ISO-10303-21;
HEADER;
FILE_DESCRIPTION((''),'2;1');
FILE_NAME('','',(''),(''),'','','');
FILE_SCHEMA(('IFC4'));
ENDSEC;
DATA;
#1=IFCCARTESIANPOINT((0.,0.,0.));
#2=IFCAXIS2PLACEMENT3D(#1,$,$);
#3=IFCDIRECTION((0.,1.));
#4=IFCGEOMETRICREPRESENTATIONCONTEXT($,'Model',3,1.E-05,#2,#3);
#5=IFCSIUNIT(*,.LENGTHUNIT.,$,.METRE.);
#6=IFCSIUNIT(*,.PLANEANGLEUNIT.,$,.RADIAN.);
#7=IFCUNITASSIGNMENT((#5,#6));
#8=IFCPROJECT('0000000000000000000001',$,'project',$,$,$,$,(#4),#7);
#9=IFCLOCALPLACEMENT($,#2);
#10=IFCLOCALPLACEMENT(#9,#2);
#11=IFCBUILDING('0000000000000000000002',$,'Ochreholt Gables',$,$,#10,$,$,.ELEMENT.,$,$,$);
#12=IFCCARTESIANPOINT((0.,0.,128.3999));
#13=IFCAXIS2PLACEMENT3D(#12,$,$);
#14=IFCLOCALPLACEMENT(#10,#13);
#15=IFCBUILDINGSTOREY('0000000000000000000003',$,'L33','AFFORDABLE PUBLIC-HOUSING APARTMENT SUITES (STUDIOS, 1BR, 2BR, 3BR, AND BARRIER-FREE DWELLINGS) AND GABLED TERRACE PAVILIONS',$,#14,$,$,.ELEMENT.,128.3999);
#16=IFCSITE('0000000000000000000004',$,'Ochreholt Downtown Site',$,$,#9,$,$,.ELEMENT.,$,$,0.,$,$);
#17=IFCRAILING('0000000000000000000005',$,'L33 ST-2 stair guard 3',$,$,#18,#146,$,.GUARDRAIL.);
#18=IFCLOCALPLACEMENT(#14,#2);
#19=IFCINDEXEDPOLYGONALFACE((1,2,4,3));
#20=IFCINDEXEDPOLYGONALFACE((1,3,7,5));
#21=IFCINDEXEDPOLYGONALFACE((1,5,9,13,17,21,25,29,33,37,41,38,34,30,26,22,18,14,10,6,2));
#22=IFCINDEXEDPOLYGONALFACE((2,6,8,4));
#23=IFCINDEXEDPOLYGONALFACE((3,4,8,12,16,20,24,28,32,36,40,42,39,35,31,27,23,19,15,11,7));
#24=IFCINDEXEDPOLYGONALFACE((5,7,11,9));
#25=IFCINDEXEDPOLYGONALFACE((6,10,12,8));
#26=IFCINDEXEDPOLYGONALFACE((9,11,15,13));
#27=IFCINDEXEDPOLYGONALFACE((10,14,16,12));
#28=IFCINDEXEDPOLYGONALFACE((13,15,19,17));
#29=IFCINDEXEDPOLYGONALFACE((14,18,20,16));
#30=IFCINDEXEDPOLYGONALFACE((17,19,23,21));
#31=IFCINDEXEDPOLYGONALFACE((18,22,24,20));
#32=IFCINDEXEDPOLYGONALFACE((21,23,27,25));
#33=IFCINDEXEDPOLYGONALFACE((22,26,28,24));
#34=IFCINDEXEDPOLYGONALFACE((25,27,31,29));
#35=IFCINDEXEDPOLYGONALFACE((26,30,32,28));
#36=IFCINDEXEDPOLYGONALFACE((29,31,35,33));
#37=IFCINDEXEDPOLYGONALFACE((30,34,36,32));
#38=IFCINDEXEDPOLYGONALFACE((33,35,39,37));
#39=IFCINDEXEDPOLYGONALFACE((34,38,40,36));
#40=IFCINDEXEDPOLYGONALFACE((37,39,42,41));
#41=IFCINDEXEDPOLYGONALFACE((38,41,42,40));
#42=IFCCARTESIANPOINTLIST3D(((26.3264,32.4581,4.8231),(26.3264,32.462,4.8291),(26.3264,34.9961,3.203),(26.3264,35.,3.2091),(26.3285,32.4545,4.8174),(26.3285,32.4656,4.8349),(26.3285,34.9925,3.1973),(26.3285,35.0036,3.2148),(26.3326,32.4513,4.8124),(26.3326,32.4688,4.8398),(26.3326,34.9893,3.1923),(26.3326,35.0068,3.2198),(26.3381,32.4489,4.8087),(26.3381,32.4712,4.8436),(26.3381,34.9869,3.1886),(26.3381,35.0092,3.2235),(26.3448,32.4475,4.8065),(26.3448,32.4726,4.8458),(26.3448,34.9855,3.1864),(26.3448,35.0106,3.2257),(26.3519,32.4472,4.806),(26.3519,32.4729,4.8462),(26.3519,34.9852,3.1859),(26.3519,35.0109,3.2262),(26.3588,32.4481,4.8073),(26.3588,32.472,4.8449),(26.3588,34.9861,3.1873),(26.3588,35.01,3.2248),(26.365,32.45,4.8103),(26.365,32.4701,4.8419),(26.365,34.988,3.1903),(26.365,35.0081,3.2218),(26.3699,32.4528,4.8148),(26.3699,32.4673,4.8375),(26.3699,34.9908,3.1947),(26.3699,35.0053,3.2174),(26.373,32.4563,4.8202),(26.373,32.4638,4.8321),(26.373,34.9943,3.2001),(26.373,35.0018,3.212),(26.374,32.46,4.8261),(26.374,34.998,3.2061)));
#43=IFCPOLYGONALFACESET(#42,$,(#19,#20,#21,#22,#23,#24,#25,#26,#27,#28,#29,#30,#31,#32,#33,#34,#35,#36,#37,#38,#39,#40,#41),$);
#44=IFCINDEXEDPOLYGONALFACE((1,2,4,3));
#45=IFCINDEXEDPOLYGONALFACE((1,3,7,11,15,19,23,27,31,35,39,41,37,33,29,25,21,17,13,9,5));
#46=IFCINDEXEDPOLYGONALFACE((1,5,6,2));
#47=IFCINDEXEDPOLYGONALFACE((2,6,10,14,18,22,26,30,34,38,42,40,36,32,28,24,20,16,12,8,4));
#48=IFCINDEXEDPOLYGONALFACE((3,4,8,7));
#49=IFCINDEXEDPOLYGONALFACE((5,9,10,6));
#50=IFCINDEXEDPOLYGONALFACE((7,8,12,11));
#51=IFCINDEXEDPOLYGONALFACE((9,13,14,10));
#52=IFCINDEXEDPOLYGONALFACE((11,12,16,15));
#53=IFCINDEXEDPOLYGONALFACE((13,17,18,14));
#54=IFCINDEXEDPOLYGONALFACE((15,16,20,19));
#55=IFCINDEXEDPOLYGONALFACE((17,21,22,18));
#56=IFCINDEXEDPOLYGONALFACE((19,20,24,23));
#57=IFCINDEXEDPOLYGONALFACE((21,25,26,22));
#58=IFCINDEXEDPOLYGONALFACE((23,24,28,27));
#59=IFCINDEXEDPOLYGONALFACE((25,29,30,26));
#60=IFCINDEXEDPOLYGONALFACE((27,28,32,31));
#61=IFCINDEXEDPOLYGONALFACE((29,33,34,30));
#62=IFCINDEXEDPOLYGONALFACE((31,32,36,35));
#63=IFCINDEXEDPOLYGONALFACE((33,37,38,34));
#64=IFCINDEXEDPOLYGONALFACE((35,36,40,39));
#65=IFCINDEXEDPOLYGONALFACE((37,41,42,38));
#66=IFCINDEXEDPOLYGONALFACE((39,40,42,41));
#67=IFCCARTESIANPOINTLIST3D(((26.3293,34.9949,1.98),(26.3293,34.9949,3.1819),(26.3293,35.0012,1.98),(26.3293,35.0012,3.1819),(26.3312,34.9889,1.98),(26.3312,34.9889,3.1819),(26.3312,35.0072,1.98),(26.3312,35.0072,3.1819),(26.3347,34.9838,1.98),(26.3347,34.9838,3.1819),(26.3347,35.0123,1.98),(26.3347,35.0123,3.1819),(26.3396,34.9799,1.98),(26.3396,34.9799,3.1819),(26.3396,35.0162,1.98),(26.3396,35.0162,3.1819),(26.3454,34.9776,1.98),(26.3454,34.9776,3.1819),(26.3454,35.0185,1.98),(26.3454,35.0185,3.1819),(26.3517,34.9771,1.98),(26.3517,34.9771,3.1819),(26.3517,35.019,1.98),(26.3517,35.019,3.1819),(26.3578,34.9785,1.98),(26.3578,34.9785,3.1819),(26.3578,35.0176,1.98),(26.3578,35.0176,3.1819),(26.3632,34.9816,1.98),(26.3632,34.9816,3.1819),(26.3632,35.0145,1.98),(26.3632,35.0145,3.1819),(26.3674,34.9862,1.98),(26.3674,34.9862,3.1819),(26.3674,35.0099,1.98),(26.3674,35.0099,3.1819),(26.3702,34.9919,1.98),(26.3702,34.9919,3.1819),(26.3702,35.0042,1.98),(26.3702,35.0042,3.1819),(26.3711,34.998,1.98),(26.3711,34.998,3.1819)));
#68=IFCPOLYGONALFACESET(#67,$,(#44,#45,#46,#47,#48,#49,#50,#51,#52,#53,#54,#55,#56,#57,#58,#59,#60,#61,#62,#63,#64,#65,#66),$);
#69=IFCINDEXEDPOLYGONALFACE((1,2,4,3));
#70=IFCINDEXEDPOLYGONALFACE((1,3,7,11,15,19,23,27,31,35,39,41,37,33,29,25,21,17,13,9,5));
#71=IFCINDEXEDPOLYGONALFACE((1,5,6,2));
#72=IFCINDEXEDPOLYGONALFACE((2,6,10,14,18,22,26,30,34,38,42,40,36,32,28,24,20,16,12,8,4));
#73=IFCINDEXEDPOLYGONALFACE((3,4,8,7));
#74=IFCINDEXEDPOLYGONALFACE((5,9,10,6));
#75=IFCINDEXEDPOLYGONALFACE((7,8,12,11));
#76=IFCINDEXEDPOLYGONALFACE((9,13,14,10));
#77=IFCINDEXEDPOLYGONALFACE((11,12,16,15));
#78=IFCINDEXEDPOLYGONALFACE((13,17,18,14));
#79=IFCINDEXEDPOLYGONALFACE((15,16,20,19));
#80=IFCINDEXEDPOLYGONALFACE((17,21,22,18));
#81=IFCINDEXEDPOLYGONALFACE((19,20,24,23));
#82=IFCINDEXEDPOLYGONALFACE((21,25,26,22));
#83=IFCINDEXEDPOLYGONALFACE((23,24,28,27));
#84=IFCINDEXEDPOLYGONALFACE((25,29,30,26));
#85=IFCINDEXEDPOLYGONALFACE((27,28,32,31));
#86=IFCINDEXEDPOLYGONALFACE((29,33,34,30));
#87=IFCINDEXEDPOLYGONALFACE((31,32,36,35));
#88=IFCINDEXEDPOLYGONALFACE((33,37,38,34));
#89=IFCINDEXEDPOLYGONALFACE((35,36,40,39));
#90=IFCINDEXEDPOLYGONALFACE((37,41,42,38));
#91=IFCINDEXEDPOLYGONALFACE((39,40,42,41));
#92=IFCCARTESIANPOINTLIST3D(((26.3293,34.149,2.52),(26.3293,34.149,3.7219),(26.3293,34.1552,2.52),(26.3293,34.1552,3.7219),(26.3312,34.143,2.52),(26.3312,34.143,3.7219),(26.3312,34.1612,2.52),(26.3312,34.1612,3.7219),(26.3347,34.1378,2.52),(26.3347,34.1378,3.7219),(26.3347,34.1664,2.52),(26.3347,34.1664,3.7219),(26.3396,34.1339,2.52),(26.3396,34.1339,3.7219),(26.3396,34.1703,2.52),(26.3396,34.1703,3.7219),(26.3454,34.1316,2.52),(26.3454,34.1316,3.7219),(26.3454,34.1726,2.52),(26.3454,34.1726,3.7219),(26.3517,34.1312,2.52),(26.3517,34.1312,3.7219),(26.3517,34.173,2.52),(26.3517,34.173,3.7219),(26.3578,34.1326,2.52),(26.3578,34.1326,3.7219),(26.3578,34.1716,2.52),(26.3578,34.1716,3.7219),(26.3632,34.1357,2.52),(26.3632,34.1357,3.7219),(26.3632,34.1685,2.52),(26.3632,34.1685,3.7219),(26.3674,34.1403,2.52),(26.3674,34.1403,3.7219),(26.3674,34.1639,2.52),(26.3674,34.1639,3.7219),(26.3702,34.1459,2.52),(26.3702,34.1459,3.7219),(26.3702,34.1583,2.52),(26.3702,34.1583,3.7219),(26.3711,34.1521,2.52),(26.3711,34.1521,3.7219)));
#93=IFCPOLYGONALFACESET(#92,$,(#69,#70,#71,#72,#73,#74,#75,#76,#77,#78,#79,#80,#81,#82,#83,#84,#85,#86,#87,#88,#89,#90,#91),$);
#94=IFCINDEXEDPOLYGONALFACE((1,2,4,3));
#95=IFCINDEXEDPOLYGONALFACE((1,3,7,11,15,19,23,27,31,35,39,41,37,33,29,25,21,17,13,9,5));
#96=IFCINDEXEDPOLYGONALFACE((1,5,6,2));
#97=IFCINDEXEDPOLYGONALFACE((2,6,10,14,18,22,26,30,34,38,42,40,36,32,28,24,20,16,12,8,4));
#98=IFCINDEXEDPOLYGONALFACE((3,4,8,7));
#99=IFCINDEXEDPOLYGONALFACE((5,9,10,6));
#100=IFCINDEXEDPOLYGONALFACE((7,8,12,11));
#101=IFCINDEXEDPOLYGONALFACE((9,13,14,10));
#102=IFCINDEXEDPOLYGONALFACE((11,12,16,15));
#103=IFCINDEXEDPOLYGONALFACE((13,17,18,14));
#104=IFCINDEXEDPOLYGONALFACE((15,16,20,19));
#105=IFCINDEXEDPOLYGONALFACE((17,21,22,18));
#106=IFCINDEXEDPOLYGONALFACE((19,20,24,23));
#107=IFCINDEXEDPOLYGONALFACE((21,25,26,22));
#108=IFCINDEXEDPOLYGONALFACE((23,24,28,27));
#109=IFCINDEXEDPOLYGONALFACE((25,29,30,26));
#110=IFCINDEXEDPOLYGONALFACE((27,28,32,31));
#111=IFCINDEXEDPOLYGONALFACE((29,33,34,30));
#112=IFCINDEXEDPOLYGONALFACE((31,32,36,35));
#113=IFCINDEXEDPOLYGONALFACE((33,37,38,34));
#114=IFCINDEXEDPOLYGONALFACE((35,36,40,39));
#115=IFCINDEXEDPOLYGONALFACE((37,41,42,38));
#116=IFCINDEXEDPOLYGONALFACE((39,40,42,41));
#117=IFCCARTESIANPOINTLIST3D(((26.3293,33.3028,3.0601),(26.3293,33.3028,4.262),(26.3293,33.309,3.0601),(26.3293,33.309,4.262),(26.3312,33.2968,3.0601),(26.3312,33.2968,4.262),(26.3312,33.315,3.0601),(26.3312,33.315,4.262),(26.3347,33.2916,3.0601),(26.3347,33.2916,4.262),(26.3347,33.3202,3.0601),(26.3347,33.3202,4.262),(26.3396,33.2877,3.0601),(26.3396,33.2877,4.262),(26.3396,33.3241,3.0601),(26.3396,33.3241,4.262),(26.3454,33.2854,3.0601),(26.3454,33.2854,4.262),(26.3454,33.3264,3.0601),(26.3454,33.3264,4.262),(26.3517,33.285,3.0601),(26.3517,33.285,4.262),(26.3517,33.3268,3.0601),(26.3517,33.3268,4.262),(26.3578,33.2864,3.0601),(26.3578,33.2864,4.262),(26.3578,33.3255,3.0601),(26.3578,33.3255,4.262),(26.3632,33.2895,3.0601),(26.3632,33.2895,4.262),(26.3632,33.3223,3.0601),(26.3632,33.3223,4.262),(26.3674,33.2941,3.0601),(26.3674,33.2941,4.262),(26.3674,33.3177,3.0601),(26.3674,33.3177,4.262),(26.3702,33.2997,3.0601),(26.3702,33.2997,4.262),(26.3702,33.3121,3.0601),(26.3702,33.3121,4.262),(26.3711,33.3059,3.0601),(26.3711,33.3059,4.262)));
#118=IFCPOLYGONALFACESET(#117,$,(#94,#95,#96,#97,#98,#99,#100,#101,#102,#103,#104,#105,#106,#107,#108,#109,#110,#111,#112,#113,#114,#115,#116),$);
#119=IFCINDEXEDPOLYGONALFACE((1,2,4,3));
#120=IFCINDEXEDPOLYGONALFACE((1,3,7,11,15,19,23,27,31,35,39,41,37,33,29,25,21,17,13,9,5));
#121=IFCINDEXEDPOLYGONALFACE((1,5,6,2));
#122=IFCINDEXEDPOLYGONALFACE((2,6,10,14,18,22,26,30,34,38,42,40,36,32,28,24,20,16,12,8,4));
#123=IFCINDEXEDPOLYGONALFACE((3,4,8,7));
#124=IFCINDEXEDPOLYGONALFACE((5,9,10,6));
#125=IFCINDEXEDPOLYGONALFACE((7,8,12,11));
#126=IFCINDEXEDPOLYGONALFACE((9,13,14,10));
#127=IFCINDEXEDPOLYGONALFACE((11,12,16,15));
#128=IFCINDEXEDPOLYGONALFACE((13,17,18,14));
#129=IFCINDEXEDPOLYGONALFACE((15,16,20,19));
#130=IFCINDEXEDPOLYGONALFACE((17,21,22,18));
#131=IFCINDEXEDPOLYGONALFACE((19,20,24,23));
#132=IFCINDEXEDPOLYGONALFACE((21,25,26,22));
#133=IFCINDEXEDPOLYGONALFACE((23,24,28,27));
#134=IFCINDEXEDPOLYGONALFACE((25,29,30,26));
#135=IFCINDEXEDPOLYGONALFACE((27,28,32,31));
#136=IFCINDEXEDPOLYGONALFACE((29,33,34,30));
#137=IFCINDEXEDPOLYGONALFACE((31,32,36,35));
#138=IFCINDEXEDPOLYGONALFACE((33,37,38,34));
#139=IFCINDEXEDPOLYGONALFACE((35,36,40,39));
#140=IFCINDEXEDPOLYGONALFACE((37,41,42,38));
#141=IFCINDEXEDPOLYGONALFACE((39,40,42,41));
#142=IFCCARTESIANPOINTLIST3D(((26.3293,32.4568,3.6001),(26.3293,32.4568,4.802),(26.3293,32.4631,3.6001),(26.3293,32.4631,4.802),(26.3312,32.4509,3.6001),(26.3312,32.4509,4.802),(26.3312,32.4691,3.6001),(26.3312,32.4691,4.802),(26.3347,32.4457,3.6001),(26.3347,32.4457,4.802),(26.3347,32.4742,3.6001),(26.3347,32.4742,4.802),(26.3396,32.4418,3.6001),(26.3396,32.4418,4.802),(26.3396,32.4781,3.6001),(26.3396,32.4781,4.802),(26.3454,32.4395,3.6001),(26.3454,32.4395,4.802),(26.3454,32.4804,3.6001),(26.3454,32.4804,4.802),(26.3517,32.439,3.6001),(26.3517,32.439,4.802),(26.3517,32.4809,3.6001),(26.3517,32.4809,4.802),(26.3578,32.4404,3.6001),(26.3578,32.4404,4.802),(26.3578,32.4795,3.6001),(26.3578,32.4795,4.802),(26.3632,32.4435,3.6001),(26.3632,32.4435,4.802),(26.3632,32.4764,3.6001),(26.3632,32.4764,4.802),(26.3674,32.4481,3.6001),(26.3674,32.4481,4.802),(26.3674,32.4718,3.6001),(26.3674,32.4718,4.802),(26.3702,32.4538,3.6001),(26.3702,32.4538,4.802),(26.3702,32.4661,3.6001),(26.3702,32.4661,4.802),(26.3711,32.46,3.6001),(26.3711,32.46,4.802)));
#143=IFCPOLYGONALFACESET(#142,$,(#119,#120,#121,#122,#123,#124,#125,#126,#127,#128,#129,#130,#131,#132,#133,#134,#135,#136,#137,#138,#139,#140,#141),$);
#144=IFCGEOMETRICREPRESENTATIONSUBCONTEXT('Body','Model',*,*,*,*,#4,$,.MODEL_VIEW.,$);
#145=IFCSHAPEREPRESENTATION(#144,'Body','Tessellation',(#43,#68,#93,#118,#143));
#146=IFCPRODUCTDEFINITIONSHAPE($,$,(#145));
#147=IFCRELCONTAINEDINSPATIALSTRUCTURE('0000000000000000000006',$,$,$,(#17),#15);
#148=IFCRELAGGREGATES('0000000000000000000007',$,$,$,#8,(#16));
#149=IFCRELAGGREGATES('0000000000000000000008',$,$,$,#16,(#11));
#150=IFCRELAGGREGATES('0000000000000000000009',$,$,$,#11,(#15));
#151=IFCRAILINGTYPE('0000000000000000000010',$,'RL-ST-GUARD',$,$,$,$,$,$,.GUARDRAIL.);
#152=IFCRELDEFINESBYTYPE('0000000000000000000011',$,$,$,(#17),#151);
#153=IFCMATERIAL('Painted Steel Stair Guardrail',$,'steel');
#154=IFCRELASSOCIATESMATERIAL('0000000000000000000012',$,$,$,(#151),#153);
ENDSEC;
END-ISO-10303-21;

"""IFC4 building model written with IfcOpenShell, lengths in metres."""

from ifc_helpers import new_model, si_unit, direction, frame, origin, origin_2d, place, context, subcontext, project, spatial, circle, extrude, material, type_object, element, save


model = new_model("IFC4")

# Units and contexts
model_context = context("Model", 3, precision=1e-05, world=origin(), true_north=direction((0.0, 1.0)))
body_context = subcontext(model_context, "Body", "Model", "MODEL_VIEW")
ifc_project = project(units=[si_unit("LENGTHUNIT", "METRE"), si_unit("PLANEANGLEUNIT", "RADIAN")], contexts=[model_context])

# Site, building, storey
site_placement = place(None, origin())
site = spatial("IfcSite", under=ifc_project, at=site_placement, Name="Ochreholt Downtown Site", CompositionType="ELEMENT", RefElevation=0.0)
building_placement = place(site_placement, origin())
building = spatial("IfcBuilding", under=site, at=building_placement, Name="Ochreholt Gables", CompositionType="ELEMENT")
storey_placement = place(building_placement, frame((0.0, 0.0, 128.3999)))
storey = spatial("IfcBuildingStorey", under=building, at=storey_placement, Name="L33", Description="AFFORDABLE PUBLIC-HOUSING APARTMENT SUITES (STUDIOS, 1BR, 2BR, 3BR, AND BARRIER-FREE DWELLINGS) AND GABLED TERRACE PAVILIONS", CompositionType="ELEMENT", Elevation=128.3999)

# Railing
ifc_material_1 = material(Name="Painted Steel Stair Guardrail", Category="steel")
railing_type_1 = type_object("IfcRailingType", Name="RL-ST-GUARD", PredefinedType="GUARDRAIL", material=ifc_material_1)
railing_1_placement = place(storey_placement, frame((26.3501, 34.998, 1.98)))
element("IfcRailing", 1, at=railing_1_placement, inside=storey, type_object=railing_type_1, Name="L33 ST-2 stair guard 3", PredefinedType="GUARDRAIL", context=body_context, shape_type="SweptSolid", body=[
    extrude(circle(Radius=0.0239, at=origin_2d()), frame((0.0, 0.0, 1.2261), z_axis=(0.0, -0.842913, 0.53805), x_axis=(1.0, 0.0, 0.0)), (0.0, 0.0, 1.0), 3.011),
    extrude(circle(Radius=0.021, at=origin_2d()), origin(), (0.0, 0.0, 1.0), 1.2019),
    extrude(circle(Radius=0.021, at=origin_2d()), frame((0.0, -0.8459, 0.54)), (0.0, 0.0, 1.0), 1.2019),
    extrude(circle(Radius=0.021, at=origin_2d()), frame((0.0, -1.6921, 1.0801)), (0.0, 0.0, 1.0), 1.2019),
    extrude(circle(Radius=0.021, at=origin_2d()), frame((0.0, -2.5381, 1.6201)), (0.0, 0.0, 1.0), 1.2019),
])

save(model, "model.ifc")
